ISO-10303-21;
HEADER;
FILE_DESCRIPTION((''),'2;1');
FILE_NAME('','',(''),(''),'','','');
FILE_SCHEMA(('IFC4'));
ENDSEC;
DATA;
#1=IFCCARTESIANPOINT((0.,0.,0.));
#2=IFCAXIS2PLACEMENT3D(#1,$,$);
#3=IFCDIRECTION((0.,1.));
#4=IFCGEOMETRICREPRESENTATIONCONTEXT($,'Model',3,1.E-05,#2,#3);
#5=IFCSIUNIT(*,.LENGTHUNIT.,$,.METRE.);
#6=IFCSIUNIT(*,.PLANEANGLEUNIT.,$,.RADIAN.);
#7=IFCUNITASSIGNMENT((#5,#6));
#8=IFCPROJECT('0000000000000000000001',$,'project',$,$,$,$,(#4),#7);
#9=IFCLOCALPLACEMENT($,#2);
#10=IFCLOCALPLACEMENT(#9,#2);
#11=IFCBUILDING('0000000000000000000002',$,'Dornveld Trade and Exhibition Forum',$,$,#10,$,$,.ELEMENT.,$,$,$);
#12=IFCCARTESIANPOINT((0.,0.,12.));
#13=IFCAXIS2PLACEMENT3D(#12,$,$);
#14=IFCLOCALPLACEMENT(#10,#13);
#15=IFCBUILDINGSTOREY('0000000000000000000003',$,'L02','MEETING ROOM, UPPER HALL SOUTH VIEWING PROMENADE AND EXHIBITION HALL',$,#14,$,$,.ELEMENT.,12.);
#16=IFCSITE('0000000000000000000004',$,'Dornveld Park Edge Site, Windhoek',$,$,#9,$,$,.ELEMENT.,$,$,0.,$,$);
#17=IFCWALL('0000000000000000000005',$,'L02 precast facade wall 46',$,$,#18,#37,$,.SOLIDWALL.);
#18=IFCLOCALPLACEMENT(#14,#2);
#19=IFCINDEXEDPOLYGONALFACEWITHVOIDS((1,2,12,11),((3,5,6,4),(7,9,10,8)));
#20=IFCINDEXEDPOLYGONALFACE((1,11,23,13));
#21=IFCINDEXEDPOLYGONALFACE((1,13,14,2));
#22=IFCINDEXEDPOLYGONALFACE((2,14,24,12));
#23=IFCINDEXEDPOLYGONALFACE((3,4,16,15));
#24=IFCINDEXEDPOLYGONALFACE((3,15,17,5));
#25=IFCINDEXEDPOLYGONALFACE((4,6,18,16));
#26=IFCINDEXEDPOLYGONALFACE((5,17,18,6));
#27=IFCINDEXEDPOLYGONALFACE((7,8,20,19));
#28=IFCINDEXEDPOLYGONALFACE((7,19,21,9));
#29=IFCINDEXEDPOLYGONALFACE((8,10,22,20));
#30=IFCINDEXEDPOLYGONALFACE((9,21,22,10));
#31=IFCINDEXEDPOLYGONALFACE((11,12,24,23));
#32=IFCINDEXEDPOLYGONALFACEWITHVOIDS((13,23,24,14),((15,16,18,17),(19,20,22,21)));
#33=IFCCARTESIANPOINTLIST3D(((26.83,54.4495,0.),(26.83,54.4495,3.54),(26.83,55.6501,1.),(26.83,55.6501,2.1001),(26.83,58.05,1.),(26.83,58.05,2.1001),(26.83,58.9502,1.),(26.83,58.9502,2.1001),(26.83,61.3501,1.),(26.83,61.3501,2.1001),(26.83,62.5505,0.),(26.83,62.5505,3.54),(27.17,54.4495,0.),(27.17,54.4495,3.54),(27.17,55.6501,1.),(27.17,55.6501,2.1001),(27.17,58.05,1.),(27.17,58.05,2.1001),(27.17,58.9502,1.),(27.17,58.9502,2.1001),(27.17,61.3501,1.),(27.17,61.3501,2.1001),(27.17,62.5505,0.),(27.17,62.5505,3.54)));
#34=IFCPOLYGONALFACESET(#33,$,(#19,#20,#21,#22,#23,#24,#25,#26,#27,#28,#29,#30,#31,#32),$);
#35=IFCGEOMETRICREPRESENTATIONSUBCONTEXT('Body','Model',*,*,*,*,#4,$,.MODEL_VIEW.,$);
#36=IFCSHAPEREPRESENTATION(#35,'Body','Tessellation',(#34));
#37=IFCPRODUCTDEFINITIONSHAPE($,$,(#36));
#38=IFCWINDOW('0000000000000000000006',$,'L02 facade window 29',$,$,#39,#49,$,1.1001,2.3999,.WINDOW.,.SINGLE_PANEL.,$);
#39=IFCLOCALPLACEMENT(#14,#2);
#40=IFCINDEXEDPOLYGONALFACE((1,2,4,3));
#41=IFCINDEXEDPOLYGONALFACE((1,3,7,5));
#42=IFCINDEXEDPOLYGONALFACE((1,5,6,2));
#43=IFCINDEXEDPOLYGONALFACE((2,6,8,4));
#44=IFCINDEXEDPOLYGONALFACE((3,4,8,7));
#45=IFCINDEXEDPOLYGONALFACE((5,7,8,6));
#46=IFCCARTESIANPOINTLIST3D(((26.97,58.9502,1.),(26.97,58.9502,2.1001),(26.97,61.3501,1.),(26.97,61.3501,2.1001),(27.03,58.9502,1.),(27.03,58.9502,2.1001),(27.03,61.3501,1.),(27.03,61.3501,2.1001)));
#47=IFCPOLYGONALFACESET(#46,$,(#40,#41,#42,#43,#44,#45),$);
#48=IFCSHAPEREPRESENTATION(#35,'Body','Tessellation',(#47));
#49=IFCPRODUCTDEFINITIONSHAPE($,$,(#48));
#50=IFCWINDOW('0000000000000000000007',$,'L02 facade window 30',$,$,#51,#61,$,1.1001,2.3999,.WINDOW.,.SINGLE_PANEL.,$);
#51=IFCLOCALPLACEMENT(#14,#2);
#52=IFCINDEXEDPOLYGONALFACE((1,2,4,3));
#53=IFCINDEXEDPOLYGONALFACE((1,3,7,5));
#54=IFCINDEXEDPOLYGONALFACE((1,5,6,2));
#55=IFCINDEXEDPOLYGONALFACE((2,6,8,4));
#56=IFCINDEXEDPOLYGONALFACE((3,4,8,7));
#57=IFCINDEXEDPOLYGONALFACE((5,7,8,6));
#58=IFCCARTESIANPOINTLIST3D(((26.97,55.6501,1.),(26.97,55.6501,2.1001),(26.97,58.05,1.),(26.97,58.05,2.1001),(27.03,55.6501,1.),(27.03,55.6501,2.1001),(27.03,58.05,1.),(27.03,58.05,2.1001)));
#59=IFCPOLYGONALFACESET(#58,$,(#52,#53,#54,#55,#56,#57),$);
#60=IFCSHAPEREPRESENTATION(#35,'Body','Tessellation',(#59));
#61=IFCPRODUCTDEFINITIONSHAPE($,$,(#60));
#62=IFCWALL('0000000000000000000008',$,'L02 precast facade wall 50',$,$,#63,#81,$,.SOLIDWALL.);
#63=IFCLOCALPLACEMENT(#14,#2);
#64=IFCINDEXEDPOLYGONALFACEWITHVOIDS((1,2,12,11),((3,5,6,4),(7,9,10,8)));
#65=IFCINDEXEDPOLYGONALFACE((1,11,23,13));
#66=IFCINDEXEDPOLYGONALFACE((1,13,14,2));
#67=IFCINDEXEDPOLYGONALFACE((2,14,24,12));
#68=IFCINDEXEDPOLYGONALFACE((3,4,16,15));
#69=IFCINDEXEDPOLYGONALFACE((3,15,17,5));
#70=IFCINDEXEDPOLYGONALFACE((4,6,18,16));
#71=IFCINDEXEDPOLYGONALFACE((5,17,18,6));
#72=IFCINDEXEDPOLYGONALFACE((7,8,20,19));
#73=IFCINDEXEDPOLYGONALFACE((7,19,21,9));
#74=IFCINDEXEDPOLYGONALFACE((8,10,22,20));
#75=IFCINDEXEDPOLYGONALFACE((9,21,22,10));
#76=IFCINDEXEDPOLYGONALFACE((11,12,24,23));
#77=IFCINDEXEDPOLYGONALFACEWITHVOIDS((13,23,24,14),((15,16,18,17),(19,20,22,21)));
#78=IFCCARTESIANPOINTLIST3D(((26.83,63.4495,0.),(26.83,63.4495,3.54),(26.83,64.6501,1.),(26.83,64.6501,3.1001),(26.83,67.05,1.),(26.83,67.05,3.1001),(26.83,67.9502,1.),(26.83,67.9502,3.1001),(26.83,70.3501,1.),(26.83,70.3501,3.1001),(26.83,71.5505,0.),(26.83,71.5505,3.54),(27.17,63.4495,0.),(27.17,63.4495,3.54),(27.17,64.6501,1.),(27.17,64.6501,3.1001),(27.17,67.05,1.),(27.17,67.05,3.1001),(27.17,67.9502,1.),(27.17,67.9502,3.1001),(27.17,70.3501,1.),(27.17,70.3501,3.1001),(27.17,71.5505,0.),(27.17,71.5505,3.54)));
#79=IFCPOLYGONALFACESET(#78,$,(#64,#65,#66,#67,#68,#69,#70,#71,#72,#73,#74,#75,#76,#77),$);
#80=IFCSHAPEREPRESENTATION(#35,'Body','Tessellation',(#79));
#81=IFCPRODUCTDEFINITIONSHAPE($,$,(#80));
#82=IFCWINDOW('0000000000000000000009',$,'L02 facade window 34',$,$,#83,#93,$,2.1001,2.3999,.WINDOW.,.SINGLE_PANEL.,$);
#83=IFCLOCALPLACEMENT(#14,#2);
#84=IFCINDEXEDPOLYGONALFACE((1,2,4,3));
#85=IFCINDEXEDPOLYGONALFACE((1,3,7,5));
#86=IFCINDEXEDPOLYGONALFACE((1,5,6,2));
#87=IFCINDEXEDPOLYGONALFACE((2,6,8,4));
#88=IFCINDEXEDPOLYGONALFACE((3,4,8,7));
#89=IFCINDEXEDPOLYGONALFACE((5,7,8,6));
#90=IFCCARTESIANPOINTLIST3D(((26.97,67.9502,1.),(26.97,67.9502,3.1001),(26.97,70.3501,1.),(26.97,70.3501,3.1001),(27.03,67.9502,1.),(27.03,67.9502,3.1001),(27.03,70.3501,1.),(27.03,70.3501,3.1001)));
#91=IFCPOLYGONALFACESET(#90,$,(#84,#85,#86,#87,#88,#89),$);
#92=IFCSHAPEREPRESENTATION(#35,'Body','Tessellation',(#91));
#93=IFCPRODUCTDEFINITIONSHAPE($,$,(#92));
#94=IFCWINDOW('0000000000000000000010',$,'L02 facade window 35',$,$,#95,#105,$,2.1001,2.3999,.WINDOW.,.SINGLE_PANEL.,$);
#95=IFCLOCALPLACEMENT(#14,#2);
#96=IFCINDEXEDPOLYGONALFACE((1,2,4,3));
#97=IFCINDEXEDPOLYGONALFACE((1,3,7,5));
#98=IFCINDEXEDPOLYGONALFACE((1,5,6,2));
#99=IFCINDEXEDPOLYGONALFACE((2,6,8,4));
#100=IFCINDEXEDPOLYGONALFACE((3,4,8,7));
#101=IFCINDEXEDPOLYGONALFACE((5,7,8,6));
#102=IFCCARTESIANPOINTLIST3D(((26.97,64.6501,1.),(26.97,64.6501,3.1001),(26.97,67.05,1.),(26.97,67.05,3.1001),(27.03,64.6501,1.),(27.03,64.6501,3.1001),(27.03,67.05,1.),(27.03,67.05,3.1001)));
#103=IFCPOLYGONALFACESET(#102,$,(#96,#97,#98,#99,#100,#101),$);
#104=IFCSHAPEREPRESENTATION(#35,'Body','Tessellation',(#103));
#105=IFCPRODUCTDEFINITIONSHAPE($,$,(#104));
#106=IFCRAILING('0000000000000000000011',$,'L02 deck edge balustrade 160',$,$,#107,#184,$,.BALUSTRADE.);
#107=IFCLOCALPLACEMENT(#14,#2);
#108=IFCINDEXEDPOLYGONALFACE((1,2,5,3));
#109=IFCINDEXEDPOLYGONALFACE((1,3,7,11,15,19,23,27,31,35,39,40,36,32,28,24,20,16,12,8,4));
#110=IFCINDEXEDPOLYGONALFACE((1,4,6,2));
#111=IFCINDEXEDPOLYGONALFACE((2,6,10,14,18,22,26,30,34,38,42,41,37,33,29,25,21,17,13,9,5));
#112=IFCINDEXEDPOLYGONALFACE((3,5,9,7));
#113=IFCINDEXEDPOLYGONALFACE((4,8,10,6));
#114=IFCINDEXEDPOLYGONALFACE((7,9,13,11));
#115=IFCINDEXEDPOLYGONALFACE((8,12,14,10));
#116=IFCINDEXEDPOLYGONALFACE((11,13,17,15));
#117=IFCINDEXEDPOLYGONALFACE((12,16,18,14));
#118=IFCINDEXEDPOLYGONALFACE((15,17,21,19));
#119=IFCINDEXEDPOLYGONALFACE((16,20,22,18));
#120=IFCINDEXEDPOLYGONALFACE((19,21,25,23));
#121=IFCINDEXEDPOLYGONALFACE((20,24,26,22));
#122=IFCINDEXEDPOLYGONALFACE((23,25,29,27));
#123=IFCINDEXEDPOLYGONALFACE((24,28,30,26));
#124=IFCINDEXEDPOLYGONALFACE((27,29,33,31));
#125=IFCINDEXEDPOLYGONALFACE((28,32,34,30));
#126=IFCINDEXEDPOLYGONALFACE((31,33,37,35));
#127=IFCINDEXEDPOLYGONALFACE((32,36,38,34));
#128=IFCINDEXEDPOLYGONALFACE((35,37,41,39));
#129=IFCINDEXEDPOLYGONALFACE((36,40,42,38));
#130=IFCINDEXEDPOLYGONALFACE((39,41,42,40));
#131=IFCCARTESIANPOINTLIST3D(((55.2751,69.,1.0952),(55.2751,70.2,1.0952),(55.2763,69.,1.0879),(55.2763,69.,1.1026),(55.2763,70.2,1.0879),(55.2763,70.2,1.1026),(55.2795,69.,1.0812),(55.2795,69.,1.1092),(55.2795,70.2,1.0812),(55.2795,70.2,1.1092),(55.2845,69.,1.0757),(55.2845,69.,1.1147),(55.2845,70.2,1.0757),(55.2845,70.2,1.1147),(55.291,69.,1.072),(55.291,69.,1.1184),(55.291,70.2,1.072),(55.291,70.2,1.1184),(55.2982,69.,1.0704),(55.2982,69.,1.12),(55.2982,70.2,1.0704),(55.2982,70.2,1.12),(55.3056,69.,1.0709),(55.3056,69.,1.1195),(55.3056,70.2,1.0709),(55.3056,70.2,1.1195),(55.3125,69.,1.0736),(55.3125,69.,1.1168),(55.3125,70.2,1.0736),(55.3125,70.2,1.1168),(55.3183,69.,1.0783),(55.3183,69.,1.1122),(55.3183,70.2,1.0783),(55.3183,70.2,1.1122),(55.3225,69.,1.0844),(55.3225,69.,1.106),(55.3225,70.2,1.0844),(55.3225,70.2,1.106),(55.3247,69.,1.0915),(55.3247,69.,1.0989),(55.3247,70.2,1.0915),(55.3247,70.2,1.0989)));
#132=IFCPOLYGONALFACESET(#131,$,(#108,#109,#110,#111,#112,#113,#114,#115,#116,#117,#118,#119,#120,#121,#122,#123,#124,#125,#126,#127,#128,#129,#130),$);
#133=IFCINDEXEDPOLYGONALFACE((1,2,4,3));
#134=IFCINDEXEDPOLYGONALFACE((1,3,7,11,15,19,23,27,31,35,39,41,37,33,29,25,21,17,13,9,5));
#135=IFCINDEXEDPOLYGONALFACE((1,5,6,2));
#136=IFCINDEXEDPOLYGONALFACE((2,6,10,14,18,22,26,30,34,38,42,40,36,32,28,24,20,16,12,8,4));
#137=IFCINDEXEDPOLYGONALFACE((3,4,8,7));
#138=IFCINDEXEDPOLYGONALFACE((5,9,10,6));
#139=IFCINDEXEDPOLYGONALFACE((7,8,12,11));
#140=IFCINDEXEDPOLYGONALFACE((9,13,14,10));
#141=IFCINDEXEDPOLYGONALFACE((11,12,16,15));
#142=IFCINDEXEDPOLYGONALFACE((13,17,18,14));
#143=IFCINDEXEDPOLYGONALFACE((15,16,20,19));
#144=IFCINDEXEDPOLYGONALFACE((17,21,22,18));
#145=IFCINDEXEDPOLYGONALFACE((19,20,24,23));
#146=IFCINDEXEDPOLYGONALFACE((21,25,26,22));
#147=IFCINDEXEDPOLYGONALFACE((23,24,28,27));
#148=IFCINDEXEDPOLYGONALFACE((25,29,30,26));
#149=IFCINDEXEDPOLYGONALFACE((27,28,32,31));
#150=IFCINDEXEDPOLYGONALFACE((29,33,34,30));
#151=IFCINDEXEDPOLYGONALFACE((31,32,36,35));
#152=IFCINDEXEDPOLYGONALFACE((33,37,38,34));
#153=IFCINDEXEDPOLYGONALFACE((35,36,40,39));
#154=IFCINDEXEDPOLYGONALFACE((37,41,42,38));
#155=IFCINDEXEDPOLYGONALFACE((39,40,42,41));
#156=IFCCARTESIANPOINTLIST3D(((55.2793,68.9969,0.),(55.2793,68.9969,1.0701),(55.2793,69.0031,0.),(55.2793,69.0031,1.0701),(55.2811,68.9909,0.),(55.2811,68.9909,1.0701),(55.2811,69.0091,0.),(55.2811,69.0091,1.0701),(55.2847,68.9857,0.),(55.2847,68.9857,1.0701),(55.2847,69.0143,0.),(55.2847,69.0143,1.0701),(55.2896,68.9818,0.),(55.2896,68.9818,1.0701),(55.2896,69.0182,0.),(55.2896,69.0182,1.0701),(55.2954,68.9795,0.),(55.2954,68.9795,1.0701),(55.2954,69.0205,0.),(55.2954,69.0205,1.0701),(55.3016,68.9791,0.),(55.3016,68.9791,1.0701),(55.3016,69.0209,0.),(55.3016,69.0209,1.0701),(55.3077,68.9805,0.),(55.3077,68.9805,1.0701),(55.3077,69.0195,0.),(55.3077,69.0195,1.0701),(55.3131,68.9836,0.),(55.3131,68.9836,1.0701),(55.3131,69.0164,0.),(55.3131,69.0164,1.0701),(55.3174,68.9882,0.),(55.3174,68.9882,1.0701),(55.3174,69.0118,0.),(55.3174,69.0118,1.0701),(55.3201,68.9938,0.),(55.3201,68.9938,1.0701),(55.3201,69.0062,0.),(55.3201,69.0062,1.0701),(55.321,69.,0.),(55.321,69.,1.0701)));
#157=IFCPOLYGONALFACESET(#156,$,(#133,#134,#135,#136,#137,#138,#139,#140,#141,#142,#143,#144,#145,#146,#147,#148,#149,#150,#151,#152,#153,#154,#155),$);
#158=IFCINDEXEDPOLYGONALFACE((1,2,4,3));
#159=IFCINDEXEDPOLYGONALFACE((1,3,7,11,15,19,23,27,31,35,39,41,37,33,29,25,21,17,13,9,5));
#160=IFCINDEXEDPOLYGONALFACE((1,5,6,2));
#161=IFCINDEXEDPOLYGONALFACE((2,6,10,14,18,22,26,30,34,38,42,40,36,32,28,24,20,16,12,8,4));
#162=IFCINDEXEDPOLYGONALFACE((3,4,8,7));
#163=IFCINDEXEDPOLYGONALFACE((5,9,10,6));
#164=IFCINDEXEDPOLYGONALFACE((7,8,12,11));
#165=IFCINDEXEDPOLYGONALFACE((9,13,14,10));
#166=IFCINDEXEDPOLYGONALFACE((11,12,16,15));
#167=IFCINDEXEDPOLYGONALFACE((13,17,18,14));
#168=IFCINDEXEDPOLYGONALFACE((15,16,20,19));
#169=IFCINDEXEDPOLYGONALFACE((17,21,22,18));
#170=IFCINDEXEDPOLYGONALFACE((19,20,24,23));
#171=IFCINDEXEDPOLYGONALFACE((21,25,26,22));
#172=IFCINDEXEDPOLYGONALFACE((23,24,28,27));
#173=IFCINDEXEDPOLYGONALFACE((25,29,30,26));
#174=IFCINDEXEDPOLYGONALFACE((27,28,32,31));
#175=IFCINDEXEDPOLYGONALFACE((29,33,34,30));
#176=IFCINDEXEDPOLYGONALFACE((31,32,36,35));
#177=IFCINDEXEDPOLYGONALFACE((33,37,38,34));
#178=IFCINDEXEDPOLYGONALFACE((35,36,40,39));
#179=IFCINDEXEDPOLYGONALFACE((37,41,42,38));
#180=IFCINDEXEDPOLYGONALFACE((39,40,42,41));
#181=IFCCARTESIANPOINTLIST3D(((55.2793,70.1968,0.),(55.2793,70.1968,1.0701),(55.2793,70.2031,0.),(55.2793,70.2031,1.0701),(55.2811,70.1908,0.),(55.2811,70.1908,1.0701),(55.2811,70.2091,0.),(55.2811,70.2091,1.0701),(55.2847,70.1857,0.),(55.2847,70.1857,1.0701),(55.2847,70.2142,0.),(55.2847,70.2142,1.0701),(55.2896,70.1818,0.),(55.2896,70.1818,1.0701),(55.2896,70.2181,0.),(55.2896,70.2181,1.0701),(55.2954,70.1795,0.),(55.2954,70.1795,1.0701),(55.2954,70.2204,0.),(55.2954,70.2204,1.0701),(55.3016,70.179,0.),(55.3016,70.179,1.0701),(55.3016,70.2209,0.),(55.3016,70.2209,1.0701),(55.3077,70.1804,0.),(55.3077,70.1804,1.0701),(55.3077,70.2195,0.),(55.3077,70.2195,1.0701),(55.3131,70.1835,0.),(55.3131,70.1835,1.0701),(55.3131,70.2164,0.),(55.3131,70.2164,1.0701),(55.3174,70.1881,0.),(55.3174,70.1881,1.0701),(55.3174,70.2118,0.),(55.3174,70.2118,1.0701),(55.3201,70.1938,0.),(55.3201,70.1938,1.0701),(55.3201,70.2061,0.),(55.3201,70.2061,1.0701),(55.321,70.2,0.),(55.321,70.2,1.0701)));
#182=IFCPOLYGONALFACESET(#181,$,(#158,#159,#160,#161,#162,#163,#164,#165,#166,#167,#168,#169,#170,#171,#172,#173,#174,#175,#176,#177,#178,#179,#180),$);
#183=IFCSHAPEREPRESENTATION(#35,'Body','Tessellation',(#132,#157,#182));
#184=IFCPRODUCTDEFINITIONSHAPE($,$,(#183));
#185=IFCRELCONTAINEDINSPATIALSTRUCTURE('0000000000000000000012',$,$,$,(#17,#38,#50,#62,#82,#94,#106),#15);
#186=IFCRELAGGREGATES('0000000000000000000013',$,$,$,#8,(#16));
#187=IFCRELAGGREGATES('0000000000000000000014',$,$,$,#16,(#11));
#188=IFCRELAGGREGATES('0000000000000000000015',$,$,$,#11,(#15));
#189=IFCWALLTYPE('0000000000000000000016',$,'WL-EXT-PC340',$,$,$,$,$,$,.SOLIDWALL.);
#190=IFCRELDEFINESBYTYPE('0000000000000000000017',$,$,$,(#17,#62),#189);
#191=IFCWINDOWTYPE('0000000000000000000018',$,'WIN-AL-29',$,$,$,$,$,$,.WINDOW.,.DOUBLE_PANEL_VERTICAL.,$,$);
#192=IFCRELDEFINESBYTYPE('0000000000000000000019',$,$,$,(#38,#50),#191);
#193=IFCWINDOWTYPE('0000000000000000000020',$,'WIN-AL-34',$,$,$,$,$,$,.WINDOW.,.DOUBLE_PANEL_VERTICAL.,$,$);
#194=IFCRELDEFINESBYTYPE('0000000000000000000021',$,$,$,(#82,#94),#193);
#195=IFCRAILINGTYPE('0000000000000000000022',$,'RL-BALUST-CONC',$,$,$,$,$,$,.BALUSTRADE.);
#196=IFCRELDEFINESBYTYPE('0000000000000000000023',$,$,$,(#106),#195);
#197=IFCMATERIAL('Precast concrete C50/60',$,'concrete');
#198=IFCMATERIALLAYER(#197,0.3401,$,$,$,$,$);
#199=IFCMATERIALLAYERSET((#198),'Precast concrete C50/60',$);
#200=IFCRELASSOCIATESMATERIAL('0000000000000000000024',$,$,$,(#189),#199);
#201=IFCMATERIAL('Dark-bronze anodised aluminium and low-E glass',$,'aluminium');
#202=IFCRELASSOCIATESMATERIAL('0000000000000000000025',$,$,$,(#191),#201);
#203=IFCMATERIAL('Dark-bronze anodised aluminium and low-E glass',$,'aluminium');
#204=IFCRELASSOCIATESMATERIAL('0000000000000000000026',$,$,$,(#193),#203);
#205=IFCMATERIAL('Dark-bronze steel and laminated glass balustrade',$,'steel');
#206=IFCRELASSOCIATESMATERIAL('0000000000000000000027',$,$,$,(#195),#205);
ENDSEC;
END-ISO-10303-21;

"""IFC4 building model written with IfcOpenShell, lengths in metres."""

from ifc_helpers import new_model, si_unit, direction, frame, frame_2d, origin, origin_2d, place, context, subcontext, project, spatial, rectangle, circle, extrude, material, layer, layer_set, type_object, element, fill, save


model = new_model("IFC4")

# Units and contexts
model_context = context("Model", 3, precision=1e-05, world=origin(), true_north=direction((0.0, 1.0)))
body_context = subcontext(model_context, "Body", "Model", "MODEL_VIEW")
ifc_project = project(units=[si_unit("LENGTHUNIT", "METRE"), si_unit("PLANEANGLEUNIT", "RADIAN")], contexts=[model_context])

# Site, building, storey
site_placement = place(None, origin())
site = spatial("IfcSite", under=ifc_project, at=site_placement, Name="Dornveld Park Edge Site, Windhoek", CompositionType="ELEMENT", RefElevation=0.0)
building_placement = place(site_placement, origin())
building = spatial("IfcBuilding", under=site, at=building_placement, Name="Dornveld Trade and Exhibition Forum", CompositionType="ELEMENT")
storey_placement = place(building_placement, frame((0.0, 0.0, 12.0)))
storey = spatial("IfcBuildingStorey", under=building, at=storey_placement, Name="L02", Description="MEETING ROOM, UPPER HALL SOUTH VIEWING PROMENADE AND EXHIBITION HALL", CompositionType="ELEMENT", Elevation=12.0)

# Walls, openings, windows
ifc_material_1 = material(Name="Precast concrete C50/60", Category="concrete")
ifc_layer_1 = layer(ifc_material_1, 0.3401)
ifc_layer_set_1 = layer_set([ifc_layer_1], Name="Precast concrete C50/60")
wall_type = type_object("IfcWallType", Name="WL-EXT-PC340", PredefinedType="SOLIDWALL", material=ifc_layer_set_1)
wall_1_placement = place(storey_placement, frame((27.0, 62.5505, 0.0), z_axis=(0.0, 0.0, 1.0), x_axis=(0.0, -1.0, 0.0)))
wall_1 = element("IfcWall", 1, at=wall_1_placement, inside=storey, type_object=wall_type, Name="L02 precast facade wall 46", PredefinedType="SOLIDWALL", context=body_context, shape_type="SweptSolid", body=[
    extrude(rectangle(XDim=8.1011, YDim=0.3401, at=frame_2d((4.0505, 0.0))), origin(), (0.0, 0.0, 1.0), 3.54),
])
opening_1_placement = place(wall_1_placement, frame((1.2004, 0.0, 1.0)))
opening_1 = element("IfcOpeningElement", 2, at=opening_1_placement, cuts=wall_1, PredefinedType="OPENING", context=body_context, shape_type="SweptSolid", body=[
    extrude(rectangle(XDim=2.3999, YDim=1.1001, at=frame_2d((1.2, 0.55))), frame((0.0, 0.1799, 0.0), z_axis=(0.0, -1.0, 0.0), x_axis=(1.0, 0.0, 0.0)), (0.0, 0.0, 1.0), 0.3601),
])
opening_2_placement = place(wall_1_placement, frame((4.5005, 0.0, 1.0)))
opening_2 = element("IfcOpeningElement", 3, at=opening_2_placement, cuts=wall_1, PredefinedType="OPENING", context=body_context, shape_type="SweptSolid", body=[
    extrude(rectangle(XDim=2.3999, YDim=1.1001, at=frame_2d((1.2, 0.55))), frame((0.0, 0.1799, 0.0), z_axis=(0.0, -1.0, 0.0), x_axis=(1.0, 0.0, 0.0)), (0.0, 0.0, 1.0), 0.3601),
])
ifc_material_2 = material(Name="Dark-bronze anodised aluminium and low-E glass", Category="aluminium")
window_type_1 = type_object("IfcWindowType", Name="WIN-AL-29", PartitioningType="DOUBLE_PANEL_VERTICAL", PredefinedType="WINDOW", material=ifc_material_2)
window_1_placement = place(opening_1_placement, origin())
window_1 = element("IfcWindow", 4, at=window_1_placement, inside=storey, type_object=window_type_1, Name="L02 facade window 29", OverallHeight=1.1001, OverallWidth=2.3999, PartitioningType="SINGLE_PANEL", PredefinedType="WINDOW", context=body_context, shape_type="SweptSolid", body=[
    extrude(rectangle(XDim=2.3999, YDim=1.1001, at=frame_2d((1.2, 0.55))), frame((0.0, 0.03, 0.0), z_axis=(0.0, -1.0, 0.0), x_axis=(1.0, 0.0, 0.0)), (0.0, 0.0, 1.0), 0.0601),
])
fill(opening_1, window_1)
window_2_placement = place(opening_2_placement, origin())
window_2 = element("IfcWindow", 5, at=window_2_placement, inside=storey, type_object=window_type_1, Name="L02 facade window 30", OverallHeight=1.1001, OverallWidth=2.3999, PartitioningType="SINGLE_PANEL", PredefinedType="WINDOW", context=body_context, shape_type="SweptSolid", body=[
    extrude(rectangle(XDim=2.3999, YDim=1.1001, at=frame_2d((1.2, 0.55))), frame((0.0, 0.03, 0.0), z_axis=(0.0, -1.0, 0.0), x_axis=(1.0, 0.0, 0.0)), (0.0, 0.0, 1.0), 0.0601),
])
fill(opening_2, window_2)
wall_2_placement = place(storey_placement, frame((27.0, 71.5505, 0.0), z_axis=(0.0, 0.0, 1.0), x_axis=(0.0, -1.0, 0.0)))
wall_2 = element("IfcWall", 6, at=wall_2_placement, inside=storey, type_object=wall_type, Name="L02 precast facade wall 50", PredefinedType="SOLIDWALL", context=body_context, shape_type="SweptSolid", body=[
    extrude(rectangle(XDim=8.1011, YDim=0.3401, at=frame_2d((4.0505, 0.0))), origin(), (0.0, 0.0, 1.0), 3.54),
])
opening_3_placement = place(wall_2_placement, frame((1.2004, 0.0, 1.0)))
opening_3 = element("IfcOpeningElement", 7, at=opening_3_placement, cuts=wall_2, PredefinedType="OPENING", context=body_context, shape_type="SweptSolid", body=[
    extrude(rectangle(XDim=2.3999, YDim=2.1001, at=frame_2d((1.2, 1.05))), frame((0.0, 0.1799, 0.0), z_axis=(0.0, -1.0, 0.0), x_axis=(1.0, 0.0, 0.0)), (0.0, 0.0, 1.0), 0.3601),
])
opening_4_placement = place(wall_2_placement, frame((4.5005, 0.0, 1.0)))
opening_4 = element("IfcOpeningElement", 8, at=opening_4_placement, cuts=wall_2, PredefinedType="OPENING", context=body_context, shape_type="SweptSolid", body=[
    extrude(rectangle(XDim=2.3999, YDim=2.1001, at=frame_2d((1.2, 1.05))), frame((0.0, 0.1799, 0.0), z_axis=(0.0, -1.0, 0.0), x_axis=(1.0, 0.0, 0.0)), (0.0, 0.0, 1.0), 0.3601),
])
ifc_material_3 = material(Name="Dark-bronze anodised aluminium and low-E glass", Category="aluminium")
window_type_2 = type_object("IfcWindowType", Name="WIN-AL-34", PartitioningType="DOUBLE_PANEL_VERTICAL", PredefinedType="WINDOW", material=ifc_material_3)
window_3_placement = place(opening_3_placement, origin())
window_3 = element("IfcWindow", 9, at=window_3_placement, inside=storey, type_object=window_type_2, Name="L02 facade window 34", OverallHeight=2.1001, OverallWidth=2.3999, PartitioningType="SINGLE_PANEL", PredefinedType="WINDOW", context=body_context, shape_type="SweptSolid", body=[
    extrude(rectangle(XDim=2.3999, YDim=2.1001, at=frame_2d((1.2, 1.05))), frame((0.0, 0.03, 0.0), z_axis=(0.0, -1.0, 0.0), x_axis=(1.0, 0.0, 0.0)), (0.0, 0.0, 1.0), 0.0601),
])
fill(opening_3, window_3)
window_4_placement = place(opening_4_placement, origin())
window_4 = element("IfcWindow", 10, at=window_4_placement, inside=storey, type_object=window_type_2, Name="L02 facade window 35", OverallHeight=2.1001, OverallWidth=2.3999, PartitioningType="SINGLE_PANEL", PredefinedType="WINDOW", context=body_context, shape_type="SweptSolid", body=[
    extrude(rectangle(XDim=2.3999, YDim=2.1001, at=frame_2d((1.2, 1.05))), frame((0.0, 0.03, 0.0), z_axis=(0.0, -1.0, 0.0), x_axis=(1.0, 0.0, 0.0)), (0.0, 0.0, 1.0), 0.0601),
])
fill(opening_4, window_4)

# Railing
ifc_material_4 = material(Name="Dark-bronze steel and laminated glass balustrade", Category="steel")
railing_type = type_object("IfcRailingType", Name="RL-BALUST-CONC", PredefinedType="BALUSTRADE", material=ifc_material_4)
railing_1_placement = place(storey_placement, frame((55.3, 69.0, 0.0)))
element("IfcRailing", 11, at=railing_1_placement, inside=storey, type_object=railing_type, Name="L02 deck edge balustrade 160", PredefinedType="BALUSTRADE", context=body_context, shape_type="SweptSolid", body=[
    extrude(circle(Radius=0.0249, at=origin_2d()), frame((0.0, 0.0, 1.0952), z_axis=(0.0, 1.0, 0.0), x_axis=(-1.0, 0.0, 0.0)), (0.0, 0.0, 1.0), 1.2),
    extrude(circle(Radius=0.021, at=origin_2d()), origin(), (0.0, 0.0, 1.0), 1.0701),
    extrude(circle(Radius=0.021, at=origin_2d()), frame((0.0, 1.2, 0.0)), (0.0, 0.0, 1.0), 1.0701),
])

save(model, "model.ifc")
